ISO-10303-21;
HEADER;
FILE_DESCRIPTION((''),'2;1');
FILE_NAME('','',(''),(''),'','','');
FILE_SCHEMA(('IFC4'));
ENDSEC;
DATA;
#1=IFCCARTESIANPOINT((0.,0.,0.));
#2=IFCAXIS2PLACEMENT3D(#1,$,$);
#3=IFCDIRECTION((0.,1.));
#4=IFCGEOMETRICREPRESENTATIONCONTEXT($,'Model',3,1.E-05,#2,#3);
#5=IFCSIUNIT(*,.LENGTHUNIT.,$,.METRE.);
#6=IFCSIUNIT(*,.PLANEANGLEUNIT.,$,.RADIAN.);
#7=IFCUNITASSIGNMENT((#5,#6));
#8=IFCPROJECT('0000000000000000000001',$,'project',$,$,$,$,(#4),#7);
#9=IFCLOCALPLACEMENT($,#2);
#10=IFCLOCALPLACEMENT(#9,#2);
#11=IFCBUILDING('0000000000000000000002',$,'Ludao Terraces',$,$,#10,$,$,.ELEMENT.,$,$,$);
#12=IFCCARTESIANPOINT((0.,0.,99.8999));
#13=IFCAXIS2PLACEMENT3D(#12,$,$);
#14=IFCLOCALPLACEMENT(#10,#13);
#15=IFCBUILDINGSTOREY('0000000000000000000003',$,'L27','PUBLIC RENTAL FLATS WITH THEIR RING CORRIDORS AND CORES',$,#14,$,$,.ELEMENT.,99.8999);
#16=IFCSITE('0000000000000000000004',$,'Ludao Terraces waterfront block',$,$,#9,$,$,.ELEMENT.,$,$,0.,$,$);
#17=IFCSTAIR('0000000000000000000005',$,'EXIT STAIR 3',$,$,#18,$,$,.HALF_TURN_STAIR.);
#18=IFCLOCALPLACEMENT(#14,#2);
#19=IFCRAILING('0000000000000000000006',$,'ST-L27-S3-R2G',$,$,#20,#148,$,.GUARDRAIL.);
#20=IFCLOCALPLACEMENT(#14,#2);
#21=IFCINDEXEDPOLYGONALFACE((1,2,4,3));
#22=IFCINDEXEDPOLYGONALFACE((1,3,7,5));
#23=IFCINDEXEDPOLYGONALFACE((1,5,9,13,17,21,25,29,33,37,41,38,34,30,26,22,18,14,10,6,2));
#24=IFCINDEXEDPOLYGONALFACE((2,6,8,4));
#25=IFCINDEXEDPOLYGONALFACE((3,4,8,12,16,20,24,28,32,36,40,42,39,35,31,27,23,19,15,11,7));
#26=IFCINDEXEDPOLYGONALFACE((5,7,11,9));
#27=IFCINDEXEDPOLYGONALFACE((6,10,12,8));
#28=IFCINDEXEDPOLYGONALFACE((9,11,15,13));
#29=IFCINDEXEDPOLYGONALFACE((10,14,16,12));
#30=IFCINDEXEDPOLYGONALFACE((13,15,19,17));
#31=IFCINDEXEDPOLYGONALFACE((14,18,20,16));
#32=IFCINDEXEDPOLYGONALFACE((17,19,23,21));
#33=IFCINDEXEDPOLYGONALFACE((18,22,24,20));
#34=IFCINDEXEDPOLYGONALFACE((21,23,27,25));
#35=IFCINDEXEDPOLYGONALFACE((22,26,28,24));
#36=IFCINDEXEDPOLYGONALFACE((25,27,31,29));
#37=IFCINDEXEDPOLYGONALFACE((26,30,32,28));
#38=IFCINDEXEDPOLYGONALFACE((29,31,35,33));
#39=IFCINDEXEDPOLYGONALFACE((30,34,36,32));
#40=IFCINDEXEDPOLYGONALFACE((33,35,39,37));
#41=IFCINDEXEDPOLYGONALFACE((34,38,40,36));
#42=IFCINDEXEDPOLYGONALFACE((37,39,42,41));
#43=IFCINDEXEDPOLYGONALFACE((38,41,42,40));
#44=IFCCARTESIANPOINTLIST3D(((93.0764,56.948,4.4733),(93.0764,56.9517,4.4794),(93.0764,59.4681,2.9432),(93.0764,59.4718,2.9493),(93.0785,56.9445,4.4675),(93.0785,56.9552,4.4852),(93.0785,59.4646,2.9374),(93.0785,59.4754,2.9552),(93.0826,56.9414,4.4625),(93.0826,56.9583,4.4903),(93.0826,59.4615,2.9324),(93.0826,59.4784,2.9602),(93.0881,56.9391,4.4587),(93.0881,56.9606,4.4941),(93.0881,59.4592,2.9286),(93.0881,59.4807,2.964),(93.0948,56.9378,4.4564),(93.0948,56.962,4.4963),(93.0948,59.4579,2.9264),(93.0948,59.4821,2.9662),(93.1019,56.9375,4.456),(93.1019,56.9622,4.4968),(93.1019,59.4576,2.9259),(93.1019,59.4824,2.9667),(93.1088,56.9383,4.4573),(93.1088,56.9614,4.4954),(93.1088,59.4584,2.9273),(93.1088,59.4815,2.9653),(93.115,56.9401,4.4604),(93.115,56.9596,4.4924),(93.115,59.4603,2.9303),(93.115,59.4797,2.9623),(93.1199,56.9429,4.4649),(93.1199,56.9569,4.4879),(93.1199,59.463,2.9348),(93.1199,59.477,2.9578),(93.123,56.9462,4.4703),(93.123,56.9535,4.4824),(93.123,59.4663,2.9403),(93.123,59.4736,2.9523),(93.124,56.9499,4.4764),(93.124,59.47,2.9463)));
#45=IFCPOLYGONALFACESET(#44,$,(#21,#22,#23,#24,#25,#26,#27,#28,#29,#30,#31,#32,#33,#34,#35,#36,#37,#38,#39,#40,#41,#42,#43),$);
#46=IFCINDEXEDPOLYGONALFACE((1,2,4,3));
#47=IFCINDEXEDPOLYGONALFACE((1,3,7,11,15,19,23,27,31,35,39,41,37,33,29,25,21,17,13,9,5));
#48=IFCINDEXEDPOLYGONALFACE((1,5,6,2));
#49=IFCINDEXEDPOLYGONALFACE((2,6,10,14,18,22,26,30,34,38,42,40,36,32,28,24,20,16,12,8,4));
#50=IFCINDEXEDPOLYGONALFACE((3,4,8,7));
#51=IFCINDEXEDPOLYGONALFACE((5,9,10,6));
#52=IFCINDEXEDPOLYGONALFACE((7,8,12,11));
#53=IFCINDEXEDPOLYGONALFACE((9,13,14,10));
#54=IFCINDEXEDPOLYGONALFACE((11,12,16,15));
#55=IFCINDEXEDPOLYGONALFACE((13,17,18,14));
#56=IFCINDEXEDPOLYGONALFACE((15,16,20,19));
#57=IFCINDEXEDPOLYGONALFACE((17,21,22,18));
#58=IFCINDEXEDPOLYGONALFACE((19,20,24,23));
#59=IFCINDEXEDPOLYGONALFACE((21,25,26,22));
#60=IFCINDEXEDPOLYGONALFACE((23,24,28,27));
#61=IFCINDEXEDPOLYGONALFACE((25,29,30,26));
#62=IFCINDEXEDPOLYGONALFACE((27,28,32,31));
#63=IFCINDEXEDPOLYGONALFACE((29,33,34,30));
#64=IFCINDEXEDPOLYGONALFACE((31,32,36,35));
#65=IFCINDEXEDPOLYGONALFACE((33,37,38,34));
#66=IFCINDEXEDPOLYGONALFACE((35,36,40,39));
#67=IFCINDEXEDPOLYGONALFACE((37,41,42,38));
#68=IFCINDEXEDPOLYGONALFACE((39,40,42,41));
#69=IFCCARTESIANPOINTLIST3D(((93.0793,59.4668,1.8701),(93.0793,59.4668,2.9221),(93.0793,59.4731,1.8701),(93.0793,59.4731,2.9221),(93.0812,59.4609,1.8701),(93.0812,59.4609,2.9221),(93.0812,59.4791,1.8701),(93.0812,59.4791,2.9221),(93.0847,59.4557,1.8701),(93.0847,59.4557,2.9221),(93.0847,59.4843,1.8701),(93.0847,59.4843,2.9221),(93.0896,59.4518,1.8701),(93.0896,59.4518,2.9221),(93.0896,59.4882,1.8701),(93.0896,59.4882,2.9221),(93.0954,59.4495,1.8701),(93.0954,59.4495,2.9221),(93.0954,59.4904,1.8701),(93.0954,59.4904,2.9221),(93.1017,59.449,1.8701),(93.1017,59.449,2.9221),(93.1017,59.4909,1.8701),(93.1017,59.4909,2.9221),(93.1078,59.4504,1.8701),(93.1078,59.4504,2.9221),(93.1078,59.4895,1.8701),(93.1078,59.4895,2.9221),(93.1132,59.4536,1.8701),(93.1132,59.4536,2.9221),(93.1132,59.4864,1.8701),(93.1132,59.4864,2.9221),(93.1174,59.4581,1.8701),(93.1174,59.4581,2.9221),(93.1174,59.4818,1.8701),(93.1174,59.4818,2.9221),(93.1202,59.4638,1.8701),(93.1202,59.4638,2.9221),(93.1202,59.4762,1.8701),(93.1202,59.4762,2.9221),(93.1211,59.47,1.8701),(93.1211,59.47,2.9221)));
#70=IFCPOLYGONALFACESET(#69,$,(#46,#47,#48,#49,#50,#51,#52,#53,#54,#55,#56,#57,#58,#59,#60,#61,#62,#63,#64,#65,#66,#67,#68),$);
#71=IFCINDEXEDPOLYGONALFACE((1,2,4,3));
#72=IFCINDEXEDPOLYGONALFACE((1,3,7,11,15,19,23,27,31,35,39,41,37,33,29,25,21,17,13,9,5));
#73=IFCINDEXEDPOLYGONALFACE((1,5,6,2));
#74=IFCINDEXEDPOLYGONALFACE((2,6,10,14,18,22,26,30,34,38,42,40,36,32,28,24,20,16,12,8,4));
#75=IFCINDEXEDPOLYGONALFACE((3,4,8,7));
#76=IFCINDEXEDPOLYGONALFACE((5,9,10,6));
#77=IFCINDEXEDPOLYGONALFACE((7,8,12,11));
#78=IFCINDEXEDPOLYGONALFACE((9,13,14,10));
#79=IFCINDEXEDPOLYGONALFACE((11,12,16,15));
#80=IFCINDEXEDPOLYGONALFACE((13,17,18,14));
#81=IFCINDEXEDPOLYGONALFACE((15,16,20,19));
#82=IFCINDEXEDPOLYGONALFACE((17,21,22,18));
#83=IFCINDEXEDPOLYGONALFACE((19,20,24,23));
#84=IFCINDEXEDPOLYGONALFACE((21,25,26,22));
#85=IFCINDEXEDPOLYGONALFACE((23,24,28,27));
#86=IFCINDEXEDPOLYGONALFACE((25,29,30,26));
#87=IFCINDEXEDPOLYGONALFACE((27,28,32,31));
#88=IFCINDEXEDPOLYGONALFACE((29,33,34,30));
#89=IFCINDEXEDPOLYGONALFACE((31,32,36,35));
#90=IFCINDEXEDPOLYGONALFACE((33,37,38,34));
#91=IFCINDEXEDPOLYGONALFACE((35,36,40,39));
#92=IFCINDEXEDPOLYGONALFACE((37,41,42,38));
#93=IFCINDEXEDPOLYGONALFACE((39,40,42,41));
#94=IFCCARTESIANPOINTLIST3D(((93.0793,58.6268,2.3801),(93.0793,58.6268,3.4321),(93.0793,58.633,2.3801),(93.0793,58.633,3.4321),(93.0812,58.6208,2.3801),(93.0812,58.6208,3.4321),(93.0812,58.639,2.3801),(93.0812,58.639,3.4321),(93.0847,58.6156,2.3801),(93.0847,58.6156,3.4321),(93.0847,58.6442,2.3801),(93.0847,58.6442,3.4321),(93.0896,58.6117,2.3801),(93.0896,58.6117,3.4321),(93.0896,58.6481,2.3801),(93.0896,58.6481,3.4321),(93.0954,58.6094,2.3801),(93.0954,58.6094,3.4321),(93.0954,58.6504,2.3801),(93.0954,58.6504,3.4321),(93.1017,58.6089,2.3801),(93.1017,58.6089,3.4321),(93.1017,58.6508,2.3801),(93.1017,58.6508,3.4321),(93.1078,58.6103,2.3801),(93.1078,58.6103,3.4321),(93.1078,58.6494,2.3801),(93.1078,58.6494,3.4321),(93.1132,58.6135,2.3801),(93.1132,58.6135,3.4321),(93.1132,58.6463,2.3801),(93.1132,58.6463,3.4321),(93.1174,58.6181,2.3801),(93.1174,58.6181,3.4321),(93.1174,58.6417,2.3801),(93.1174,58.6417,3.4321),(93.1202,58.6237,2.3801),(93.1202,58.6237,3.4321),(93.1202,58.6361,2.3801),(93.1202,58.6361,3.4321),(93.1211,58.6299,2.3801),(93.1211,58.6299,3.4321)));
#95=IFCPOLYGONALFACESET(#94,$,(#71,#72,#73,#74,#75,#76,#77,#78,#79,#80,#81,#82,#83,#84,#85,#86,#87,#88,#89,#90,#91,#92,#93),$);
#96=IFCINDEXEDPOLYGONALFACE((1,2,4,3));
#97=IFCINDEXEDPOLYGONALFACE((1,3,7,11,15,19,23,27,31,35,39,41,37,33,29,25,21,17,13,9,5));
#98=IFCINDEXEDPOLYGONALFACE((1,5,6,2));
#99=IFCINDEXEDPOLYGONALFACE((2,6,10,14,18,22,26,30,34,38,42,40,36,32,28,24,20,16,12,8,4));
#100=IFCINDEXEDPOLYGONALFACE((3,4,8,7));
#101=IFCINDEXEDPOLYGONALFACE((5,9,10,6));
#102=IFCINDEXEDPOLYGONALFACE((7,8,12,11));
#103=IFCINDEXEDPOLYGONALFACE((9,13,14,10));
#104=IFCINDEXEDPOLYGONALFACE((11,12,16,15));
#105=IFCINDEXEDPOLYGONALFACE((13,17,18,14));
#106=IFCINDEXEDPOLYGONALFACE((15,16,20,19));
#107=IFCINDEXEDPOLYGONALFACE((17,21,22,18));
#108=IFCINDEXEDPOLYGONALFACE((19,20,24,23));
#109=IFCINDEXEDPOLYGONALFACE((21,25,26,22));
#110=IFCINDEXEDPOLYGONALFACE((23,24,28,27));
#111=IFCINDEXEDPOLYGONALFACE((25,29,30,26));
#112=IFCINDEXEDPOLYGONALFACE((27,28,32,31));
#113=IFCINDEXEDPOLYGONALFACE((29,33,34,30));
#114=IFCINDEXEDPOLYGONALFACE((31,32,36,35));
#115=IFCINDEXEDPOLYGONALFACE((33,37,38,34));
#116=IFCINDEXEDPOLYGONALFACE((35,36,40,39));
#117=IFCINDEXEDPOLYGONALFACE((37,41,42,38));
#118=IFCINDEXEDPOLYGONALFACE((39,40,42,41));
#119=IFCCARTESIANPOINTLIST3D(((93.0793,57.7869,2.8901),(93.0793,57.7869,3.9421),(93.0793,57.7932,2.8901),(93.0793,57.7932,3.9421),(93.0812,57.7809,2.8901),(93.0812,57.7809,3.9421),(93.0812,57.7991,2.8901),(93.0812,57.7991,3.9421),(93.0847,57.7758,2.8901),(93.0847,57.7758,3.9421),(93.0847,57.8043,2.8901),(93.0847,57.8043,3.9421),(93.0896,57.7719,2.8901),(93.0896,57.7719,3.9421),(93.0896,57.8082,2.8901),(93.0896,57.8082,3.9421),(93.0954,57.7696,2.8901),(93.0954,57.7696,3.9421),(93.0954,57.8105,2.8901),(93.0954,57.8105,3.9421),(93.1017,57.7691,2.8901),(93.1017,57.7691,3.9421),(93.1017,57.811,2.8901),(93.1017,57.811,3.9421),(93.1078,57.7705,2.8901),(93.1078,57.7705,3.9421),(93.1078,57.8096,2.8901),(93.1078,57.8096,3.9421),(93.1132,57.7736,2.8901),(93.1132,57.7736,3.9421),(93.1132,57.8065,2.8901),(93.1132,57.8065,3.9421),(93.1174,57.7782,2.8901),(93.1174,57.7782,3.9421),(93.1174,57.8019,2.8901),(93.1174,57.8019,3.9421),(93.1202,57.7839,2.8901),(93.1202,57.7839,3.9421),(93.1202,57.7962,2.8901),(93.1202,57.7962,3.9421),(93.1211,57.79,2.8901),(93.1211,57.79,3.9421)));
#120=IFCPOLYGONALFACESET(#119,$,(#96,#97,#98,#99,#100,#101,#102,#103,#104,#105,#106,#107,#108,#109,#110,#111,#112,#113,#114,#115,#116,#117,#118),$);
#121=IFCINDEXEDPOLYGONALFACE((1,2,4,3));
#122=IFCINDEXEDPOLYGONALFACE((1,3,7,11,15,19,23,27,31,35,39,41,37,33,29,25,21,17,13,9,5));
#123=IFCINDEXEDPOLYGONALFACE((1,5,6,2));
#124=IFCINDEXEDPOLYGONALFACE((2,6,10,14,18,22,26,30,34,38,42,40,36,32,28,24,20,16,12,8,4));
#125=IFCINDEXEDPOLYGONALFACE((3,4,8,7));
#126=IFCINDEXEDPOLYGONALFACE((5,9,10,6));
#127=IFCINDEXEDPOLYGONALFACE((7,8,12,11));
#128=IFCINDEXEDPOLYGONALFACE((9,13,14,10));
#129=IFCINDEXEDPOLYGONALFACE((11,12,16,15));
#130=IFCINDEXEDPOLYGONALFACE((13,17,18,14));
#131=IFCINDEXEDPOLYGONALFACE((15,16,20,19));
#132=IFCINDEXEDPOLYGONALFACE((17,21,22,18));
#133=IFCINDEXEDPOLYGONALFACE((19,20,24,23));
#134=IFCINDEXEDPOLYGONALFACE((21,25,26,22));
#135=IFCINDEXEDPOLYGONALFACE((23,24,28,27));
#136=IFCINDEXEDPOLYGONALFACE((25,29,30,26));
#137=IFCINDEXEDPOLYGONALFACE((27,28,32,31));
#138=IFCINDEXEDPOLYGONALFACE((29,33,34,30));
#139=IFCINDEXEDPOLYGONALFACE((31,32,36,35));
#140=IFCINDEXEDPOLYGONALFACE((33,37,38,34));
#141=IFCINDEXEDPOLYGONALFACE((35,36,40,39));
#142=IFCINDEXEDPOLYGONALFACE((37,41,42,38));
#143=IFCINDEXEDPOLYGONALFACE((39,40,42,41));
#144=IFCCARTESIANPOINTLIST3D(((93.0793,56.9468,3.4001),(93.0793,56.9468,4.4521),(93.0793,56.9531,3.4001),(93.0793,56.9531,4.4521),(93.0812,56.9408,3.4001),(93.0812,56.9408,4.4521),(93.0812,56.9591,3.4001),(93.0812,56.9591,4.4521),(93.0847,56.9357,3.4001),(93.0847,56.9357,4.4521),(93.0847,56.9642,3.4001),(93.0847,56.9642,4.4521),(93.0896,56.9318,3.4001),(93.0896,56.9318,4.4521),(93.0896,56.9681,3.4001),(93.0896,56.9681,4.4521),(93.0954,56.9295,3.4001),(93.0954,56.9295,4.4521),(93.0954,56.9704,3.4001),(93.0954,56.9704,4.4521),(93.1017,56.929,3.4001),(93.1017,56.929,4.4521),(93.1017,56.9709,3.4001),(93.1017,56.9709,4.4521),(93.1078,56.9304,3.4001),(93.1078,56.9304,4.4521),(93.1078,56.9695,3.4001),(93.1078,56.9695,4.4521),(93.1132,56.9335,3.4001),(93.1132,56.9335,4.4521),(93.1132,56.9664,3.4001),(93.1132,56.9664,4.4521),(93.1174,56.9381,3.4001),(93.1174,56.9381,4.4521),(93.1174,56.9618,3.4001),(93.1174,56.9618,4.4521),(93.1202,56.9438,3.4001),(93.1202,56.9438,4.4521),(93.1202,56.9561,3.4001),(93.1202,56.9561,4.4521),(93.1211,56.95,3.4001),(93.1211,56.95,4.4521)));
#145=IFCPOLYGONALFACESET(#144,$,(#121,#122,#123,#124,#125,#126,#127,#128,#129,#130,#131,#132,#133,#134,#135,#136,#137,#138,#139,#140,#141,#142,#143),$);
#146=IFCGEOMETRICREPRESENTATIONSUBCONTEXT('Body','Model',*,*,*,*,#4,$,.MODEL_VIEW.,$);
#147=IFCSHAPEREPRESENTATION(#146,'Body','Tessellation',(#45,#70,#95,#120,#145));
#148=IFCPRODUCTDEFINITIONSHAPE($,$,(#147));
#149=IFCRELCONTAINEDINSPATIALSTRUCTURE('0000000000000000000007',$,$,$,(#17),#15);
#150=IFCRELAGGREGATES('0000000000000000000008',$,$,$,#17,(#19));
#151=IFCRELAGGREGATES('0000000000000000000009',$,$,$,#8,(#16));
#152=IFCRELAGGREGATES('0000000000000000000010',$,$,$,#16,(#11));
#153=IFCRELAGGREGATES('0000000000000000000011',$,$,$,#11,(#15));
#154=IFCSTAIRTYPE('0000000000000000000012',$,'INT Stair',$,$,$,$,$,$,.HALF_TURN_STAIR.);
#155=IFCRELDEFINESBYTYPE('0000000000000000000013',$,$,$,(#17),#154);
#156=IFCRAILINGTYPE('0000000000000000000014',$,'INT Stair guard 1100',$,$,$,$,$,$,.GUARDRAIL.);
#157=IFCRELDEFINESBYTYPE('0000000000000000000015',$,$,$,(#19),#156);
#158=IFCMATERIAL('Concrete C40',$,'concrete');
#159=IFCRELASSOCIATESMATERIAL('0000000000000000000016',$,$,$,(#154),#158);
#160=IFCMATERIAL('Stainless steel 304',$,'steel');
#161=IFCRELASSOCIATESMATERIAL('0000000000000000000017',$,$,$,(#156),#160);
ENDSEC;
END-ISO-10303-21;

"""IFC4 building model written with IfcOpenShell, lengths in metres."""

from ifc_helpers import new_model, si_unit, direction, frame, origin, origin_2d, place, context, subcontext, project, spatial, circle, extrude, material, type_object, element, aggregate, save


model = new_model("IFC4")

# Units and contexts
model_context = context("Model", 3, precision=1e-05, world=origin(), true_north=direction((0.0, 1.0)))
body_context = subcontext(model_context, "Body", "Model", "MODEL_VIEW")
ifc_project = project(units=[si_unit("LENGTHUNIT", "METRE"), si_unit("PLANEANGLEUNIT", "RADIAN")], contexts=[model_context])

# Site, building, storey
site_placement = place(None, origin())
site = spatial("IfcSite", under=ifc_project, at=site_placement, Name="Ludao Terraces waterfront block", CompositionType="ELEMENT", RefElevation=0.0)
building_placement = place(site_placement, origin())
building = spatial("IfcBuilding", under=site, at=building_placement, Name="Ludao Terraces", CompositionType="ELEMENT")
storey_placement = place(building_placement, frame((0.0, 0.0, 99.8999)))
storey = spatial("IfcBuildingStorey", under=building, at=storey_placement, Name="L27", Description="PUBLIC RENTAL FLATS WITH THEIR RING CORRIDORS AND CORES", CompositionType="ELEMENT", Elevation=99.8999)

# Shared definitions
ifc_material_1 = material(Name="Concrete C40", Category="concrete")

# Stair, railing
stair_type = type_object("IfcStairType", Name="INT Stair", PredefinedType="HALF_TURN_STAIR", material=ifc_material_1)
stair_placement = place(storey_placement, origin())
stair = element("IfcStair", 1, at=stair_placement, inside=storey, type_object=stair_type, Name="EXIT STAIR 3", PredefinedType="HALF_TURN_STAIR")
ifc_material_2 = material(Name="Stainless steel 304", Category="steel")
railing_type_1 = type_object("IfcRailingType", Name="INT Stair guard 1100", PredefinedType="GUARDRAIL", material=ifc_material_2)
railing_1_placement = place(storey_placement, frame((93.1001, 59.47, 1.8701)))
railing_1 = element("IfcRailing", 2, at=railing_1_placement, type_object=railing_type_1, Name="ST-L27-S3-R2G", PredefinedType="GUARDRAIL", context=body_context, shape_type="SweptSolid", body=[
    extrude(circle(Radius=0.0239, at=origin_2d()), frame((0.0, 0.0, 1.0762), z_axis=(0.0, -0.854785, 0.518982), x_axis=(1.0, 0.0, 0.0)), (0.0, 0.0, 1.0), 2.9482),
    extrude(circle(Radius=0.021, at=origin_2d()), origin(), (0.0, 0.0, 1.0), 1.052),
    extrude(circle(Radius=0.021, at=origin_2d()), frame((0.0, -0.8401, 0.51)), (0.0, 0.0, 1.0), 1.052),
    extrude(circle(Radius=0.021, at=origin_2d()), frame((0.0, -1.6799, 1.02)), (0.0, 0.0, 1.0), 1.052),
    extrude(circle(Radius=0.021, at=origin_2d()), frame((0.0, -2.52, 1.53)), (0.0, 0.0, 1.0), 1.052),
])
aggregate(stair, [railing_1])

save(model, "model.ifc")
